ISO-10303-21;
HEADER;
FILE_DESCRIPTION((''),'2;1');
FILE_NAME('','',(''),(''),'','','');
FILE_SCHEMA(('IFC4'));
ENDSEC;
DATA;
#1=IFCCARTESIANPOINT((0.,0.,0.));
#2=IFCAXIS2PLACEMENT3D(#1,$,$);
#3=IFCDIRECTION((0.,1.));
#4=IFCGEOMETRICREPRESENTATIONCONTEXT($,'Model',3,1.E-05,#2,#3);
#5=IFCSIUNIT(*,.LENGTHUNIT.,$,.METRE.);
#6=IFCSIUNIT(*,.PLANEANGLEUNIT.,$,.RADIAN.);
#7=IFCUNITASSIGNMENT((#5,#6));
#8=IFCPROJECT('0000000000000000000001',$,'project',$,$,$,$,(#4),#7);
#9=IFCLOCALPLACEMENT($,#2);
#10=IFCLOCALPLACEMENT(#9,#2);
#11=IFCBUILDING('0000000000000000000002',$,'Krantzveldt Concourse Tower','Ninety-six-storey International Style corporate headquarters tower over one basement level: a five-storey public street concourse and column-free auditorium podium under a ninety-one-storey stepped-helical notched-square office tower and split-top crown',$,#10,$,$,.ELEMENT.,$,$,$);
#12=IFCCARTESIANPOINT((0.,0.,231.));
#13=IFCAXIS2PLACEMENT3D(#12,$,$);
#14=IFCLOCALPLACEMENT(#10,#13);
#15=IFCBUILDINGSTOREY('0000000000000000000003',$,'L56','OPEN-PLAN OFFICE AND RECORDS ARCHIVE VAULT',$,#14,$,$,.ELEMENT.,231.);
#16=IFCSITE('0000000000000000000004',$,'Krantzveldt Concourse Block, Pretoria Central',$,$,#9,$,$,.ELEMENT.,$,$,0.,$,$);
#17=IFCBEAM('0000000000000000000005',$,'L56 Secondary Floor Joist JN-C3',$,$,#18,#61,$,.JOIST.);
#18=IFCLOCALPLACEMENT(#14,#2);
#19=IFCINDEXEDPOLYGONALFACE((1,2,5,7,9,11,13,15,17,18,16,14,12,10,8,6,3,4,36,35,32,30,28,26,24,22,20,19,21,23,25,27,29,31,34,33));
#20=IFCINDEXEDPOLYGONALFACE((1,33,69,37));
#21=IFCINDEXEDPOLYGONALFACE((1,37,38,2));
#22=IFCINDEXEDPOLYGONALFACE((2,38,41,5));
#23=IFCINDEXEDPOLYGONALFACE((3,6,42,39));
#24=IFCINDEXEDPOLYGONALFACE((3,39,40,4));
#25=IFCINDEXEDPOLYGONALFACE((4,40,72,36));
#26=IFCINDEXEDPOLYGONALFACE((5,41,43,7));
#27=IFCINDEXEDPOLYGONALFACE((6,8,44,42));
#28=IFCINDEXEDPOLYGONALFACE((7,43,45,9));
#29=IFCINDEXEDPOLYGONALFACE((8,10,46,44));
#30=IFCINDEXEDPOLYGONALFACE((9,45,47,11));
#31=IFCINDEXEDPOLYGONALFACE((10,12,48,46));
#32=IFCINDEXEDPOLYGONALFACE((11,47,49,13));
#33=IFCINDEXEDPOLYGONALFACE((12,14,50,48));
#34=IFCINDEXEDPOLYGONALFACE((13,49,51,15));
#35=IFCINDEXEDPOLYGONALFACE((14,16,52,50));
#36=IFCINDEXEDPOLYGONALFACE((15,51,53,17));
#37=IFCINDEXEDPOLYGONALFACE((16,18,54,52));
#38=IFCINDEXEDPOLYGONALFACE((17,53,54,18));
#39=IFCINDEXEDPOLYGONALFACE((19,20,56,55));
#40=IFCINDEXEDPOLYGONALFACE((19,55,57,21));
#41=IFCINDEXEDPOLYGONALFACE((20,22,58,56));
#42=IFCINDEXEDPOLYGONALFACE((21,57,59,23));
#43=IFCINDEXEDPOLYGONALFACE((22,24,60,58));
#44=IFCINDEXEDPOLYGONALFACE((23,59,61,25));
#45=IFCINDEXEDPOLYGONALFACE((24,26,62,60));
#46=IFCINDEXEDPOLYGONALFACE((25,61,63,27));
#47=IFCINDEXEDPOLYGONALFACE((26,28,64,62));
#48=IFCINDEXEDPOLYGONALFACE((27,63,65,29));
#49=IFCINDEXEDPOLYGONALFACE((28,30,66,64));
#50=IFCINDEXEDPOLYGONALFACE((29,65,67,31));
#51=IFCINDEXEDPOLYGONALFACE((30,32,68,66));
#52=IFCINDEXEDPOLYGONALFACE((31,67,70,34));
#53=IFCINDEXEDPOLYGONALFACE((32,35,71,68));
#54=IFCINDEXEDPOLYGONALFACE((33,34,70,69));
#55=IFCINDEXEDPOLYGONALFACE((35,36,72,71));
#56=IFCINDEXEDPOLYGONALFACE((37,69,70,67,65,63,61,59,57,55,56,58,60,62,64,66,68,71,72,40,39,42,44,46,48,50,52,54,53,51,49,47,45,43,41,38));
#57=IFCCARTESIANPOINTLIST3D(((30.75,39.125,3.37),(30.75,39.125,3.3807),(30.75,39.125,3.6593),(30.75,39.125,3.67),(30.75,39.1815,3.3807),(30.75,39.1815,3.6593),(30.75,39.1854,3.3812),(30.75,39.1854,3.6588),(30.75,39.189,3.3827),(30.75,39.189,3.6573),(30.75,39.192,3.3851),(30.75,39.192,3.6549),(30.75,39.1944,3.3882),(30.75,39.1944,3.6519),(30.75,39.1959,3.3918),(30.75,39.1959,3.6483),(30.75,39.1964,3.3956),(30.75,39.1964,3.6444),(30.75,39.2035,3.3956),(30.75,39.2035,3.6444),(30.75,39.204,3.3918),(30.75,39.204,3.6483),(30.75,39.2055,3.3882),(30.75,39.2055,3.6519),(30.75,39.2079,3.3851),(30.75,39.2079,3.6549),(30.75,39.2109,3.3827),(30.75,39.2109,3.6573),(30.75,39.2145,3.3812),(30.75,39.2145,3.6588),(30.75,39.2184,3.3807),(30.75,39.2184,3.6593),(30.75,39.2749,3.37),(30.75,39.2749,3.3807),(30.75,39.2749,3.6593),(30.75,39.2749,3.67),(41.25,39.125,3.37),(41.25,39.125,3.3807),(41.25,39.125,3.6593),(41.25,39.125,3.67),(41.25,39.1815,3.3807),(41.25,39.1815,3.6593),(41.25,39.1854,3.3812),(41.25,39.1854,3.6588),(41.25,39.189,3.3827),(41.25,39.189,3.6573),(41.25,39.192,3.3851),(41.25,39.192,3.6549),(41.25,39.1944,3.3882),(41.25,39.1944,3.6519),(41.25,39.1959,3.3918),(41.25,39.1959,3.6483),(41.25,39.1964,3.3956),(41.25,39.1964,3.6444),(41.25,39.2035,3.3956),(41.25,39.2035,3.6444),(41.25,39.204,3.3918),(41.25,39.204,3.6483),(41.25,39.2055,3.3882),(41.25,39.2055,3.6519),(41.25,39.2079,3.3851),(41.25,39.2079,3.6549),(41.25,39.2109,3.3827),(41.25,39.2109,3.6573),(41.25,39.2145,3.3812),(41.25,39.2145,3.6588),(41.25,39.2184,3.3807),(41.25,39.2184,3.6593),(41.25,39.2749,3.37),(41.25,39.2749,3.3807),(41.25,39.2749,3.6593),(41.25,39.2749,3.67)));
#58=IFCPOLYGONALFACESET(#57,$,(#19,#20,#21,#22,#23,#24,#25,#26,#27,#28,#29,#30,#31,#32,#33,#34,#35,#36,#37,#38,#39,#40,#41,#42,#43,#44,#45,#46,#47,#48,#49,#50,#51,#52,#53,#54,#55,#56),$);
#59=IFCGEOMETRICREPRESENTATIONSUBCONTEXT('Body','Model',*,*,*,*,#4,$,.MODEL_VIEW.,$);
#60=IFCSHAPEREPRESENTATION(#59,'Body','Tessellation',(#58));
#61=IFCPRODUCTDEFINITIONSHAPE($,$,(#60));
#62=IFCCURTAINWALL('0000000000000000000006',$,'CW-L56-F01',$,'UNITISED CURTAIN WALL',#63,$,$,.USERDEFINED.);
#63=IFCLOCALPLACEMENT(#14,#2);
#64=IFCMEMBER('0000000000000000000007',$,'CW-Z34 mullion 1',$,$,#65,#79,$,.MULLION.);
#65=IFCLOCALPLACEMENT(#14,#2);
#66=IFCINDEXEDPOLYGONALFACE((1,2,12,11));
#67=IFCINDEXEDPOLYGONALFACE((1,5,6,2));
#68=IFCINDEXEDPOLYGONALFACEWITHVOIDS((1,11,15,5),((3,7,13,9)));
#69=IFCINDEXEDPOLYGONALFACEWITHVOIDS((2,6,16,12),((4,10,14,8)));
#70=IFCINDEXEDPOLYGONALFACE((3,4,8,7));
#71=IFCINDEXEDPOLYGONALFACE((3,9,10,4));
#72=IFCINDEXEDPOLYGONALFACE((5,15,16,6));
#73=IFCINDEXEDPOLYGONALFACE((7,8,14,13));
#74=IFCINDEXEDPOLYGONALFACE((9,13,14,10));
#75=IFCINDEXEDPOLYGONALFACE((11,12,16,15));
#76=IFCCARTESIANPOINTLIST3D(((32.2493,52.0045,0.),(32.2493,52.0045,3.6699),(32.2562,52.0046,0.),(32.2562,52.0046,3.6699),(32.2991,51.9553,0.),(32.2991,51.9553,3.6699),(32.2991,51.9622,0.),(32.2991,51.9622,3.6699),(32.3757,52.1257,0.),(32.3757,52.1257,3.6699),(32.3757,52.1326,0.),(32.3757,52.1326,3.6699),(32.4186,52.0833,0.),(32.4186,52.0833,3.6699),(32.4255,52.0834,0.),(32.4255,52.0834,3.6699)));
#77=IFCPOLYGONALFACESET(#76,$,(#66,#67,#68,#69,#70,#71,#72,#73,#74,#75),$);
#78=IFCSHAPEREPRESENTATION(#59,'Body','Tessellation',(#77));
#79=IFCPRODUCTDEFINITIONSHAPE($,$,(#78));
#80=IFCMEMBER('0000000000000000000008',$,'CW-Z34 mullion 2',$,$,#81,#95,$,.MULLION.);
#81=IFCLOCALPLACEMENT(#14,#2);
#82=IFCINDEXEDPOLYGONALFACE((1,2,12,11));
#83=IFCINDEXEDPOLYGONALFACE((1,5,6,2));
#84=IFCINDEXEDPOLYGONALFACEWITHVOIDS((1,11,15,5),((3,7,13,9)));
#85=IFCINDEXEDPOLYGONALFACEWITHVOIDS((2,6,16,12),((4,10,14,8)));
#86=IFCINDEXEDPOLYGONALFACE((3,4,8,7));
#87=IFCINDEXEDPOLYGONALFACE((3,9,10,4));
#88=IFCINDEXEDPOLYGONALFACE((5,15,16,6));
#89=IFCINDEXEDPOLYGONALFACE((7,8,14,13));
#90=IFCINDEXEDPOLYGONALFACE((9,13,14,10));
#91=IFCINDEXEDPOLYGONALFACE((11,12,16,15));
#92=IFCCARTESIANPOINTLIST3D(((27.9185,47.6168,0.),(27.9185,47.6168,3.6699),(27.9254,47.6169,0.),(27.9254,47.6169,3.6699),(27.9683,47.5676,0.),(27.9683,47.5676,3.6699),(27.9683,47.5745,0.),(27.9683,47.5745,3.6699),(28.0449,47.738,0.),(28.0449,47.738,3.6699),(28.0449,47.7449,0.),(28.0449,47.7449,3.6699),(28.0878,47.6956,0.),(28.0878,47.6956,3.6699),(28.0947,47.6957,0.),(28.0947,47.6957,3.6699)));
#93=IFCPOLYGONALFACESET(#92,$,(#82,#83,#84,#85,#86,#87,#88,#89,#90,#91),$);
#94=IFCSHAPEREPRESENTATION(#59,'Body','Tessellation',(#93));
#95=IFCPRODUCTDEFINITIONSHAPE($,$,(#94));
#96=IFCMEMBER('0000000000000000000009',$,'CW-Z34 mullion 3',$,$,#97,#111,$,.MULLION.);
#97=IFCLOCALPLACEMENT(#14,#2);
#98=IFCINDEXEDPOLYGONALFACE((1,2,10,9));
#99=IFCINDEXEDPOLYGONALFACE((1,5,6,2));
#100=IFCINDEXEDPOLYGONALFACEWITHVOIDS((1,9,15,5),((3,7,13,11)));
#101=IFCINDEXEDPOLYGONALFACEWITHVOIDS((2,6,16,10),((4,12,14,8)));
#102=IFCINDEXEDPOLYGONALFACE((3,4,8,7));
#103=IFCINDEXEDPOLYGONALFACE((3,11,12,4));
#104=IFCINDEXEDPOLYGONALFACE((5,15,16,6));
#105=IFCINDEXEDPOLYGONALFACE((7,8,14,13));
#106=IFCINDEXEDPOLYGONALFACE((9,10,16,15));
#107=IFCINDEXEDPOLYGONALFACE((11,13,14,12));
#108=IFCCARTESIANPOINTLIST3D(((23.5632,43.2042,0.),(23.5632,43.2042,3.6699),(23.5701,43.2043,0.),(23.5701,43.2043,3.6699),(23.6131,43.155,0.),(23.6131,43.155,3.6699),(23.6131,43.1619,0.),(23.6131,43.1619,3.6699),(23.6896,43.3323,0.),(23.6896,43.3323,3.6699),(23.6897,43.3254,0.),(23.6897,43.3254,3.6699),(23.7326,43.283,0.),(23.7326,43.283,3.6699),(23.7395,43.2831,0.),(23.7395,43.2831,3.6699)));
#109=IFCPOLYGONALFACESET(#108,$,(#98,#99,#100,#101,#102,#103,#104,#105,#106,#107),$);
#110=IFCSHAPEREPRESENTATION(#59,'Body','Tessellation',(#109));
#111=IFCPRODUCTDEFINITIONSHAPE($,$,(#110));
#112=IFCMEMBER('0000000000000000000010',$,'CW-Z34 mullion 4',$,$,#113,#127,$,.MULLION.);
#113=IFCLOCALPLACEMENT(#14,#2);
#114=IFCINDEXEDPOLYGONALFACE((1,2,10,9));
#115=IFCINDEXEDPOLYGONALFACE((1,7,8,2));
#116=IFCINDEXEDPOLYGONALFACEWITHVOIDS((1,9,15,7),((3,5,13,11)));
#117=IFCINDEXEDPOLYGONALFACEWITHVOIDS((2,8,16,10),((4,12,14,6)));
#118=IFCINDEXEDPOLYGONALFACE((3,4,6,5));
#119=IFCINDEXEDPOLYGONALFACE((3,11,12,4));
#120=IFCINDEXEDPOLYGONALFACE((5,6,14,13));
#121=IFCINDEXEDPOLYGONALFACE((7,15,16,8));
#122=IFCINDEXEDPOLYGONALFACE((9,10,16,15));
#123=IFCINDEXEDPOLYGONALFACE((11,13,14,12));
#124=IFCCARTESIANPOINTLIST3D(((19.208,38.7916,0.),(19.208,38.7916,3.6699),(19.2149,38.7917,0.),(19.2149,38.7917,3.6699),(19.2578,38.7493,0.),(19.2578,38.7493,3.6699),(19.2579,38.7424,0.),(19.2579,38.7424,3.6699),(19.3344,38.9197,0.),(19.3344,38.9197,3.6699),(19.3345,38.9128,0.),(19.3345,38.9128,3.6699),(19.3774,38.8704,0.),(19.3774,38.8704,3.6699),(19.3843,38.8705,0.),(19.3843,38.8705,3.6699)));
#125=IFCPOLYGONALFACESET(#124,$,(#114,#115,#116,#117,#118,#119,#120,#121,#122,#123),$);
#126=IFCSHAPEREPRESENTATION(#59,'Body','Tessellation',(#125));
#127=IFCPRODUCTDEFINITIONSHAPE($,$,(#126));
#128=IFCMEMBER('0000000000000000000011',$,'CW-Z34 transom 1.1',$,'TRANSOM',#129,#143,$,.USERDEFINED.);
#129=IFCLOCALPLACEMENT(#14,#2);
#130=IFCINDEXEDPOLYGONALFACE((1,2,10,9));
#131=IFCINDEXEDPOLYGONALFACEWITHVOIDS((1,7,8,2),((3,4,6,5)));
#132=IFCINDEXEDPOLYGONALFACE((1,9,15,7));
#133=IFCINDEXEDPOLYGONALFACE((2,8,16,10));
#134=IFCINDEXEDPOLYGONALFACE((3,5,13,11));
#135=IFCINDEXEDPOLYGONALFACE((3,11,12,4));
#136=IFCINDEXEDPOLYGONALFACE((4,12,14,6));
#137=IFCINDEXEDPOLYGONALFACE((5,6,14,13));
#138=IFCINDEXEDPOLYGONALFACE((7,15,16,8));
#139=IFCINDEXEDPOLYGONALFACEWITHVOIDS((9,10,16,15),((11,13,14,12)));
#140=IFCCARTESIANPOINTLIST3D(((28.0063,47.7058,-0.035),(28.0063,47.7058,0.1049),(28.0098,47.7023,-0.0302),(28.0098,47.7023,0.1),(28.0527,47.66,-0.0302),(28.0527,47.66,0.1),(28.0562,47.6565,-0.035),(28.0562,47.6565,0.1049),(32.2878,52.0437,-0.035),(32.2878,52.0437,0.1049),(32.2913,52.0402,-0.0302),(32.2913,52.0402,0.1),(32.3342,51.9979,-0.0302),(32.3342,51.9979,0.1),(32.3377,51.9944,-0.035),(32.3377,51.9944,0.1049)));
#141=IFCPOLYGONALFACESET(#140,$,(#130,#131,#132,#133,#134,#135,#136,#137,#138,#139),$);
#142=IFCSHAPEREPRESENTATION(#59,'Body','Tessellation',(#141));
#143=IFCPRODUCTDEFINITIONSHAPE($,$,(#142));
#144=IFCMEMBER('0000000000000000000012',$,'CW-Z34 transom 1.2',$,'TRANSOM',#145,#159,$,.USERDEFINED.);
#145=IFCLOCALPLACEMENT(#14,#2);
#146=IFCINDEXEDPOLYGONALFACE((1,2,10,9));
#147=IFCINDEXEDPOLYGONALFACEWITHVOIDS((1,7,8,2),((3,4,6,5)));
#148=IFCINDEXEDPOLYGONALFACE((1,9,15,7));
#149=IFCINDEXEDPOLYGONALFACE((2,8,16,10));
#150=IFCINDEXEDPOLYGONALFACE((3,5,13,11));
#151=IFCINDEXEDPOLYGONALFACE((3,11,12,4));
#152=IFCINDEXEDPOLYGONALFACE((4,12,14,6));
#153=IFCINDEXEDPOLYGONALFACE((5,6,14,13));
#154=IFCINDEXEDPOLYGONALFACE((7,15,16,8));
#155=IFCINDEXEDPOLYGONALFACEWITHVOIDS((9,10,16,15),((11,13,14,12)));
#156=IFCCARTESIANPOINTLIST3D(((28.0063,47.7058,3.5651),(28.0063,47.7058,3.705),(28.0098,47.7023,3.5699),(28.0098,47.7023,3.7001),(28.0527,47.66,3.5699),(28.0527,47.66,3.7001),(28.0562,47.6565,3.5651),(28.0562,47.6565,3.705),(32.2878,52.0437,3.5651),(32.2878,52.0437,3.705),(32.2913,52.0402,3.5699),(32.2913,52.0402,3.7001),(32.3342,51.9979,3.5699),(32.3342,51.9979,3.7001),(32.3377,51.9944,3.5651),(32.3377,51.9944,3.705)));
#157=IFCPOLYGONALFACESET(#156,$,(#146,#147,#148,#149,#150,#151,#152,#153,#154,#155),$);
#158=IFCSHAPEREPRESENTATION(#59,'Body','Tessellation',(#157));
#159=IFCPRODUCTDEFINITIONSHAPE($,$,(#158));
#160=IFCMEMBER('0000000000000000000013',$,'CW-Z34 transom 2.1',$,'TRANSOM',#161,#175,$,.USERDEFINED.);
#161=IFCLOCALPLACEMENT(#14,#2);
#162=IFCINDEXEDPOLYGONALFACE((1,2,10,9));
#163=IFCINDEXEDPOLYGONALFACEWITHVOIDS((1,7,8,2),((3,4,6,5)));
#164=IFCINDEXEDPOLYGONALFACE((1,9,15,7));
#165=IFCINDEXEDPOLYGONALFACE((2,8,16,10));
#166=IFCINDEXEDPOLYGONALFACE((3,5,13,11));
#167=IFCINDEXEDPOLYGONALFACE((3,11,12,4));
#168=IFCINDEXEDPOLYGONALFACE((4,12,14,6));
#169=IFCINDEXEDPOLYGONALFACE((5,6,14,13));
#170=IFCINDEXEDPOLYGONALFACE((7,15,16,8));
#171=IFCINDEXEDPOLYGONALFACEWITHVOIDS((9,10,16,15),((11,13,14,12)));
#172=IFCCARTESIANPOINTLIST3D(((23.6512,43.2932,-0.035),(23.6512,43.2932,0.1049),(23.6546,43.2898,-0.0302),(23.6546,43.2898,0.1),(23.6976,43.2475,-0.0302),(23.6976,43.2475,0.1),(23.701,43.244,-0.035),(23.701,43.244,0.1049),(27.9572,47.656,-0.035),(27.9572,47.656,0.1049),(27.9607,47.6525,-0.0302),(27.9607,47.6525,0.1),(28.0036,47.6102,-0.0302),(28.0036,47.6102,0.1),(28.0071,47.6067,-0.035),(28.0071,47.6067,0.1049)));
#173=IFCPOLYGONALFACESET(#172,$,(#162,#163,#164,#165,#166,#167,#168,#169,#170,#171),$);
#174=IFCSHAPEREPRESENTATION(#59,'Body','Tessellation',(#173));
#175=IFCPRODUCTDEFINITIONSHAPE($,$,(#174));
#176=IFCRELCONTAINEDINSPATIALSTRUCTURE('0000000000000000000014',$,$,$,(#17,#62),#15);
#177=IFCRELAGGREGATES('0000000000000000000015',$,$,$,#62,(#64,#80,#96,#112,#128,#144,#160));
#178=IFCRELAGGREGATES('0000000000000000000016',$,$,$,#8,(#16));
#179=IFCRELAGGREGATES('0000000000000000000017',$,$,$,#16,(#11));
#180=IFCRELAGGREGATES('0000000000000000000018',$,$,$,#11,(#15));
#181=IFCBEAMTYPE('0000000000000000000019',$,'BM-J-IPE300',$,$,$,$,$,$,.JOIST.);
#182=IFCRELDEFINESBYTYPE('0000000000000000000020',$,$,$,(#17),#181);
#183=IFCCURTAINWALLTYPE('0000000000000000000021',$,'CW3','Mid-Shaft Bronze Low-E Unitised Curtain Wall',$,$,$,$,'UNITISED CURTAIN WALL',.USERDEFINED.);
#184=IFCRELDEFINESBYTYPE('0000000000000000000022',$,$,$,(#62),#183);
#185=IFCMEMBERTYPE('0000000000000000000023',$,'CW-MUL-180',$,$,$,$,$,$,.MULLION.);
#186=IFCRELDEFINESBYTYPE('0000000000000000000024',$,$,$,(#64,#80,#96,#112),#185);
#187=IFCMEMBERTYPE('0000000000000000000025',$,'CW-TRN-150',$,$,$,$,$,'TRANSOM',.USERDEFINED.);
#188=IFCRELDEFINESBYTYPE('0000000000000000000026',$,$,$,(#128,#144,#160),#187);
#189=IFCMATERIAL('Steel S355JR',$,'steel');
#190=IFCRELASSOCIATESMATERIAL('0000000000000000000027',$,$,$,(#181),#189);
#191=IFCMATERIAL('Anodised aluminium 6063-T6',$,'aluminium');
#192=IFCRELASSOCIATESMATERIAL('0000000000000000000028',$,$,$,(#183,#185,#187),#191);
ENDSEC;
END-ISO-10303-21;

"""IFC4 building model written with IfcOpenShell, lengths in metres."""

from ifc_helpers import new_model, si_unit, direction, frame, origin, origin_2d, place, context, subcontext, project, spatial, hollow_rectangle, i_section, extrude, source, transform, mapped, material, material_profile, profile_set, type_object, type_shapes, element, aggregate, save


model = new_model("IFC4")

# Units and contexts
model_context = context("Model", 3, precision=1e-05, world=origin(), true_north=direction((0.0, 1.0)))
body_context = subcontext(model_context, "Body", "Model", "MODEL_VIEW")
ifc_project = project(units=[si_unit("LENGTHUNIT", "METRE"), si_unit("PLANEANGLEUNIT", "RADIAN")], contexts=[model_context])

# Site, building, storey
site_placement = place(None, origin())
site = spatial("IfcSite", under=ifc_project, at=site_placement, Name="Krantzveldt Concourse Block, Pretoria Central", CompositionType="ELEMENT", RefElevation=0.0)
building_placement = place(site_placement, origin())
building = spatial("IfcBuilding", under=site, at=building_placement, Name="Krantzveldt Concourse Tower", Description="Ninety-six-storey International Style corporate headquarters tower over one basement level: a five-storey public street concourse and column-free auditorium podium under a ninety-one-storey stepped-helical notched-square office tower and split-top crown", CompositionType="ELEMENT")
storey_placement = place(building_placement, frame((0.0, 0.0, 231.0)))
storey = spatial("IfcBuildingStorey", under=building, at=storey_placement, Name="L56", Description="OPEN-PLAN OFFICE AND RECORDS ARCHIVE VAULT", CompositionType="ELEMENT", Elevation=231.0)

# Beam
ifc_material_1 = material(Name="Steel S355JR", Category="steel")
ifc_material_profile_1 = material_profile(ifc_material_1, i_section(OverallWidth=0.1499, OverallDepth=0.3, WebThickness=0.0071, FlangeThickness=0.0107, FilletRadius=0.0149, at=origin_2d()), Name="Steel S355JR", Category="steel")
ifc_profile_set_1 = profile_set([ifc_material_profile_1], Name="Steel S355JR - IPE 300")
beam_type_1 = type_object("IfcBeamType", Name="BM-J-IPE300", PredefinedType="JOIST", material=ifc_profile_set_1)
shared_shape_1 = source(origin(), body_context, "Body", "SweptSolid", [
    extrude(i_section(OverallWidth=0.1499, OverallDepth=0.3, WebThickness=0.0071, FlangeThickness=0.0107, FilletRadius=0.0149, at=origin_2d()), origin(), (0.0, 0.0, 1.0), 10.5),
])
type_shapes(beam_type_1, [shared_shape_1])
beam_1_placement = place(storey_placement, frame((30.75, 39.2, 3.52), z_axis=(1.0, 0.0, 0.0), x_axis=(0.0, 1.0, 0.0)))
element("IfcBeam", 1, at=beam_1_placement, inside=storey, type_object=beam_type_1, Name="L56 Secondary Floor Joist JN-C3", PredefinedType="JOIST", context=body_context, shape_type="MappedRepresentation", body=[
    mapped(shared_shape_1, transform((0.0, 0.0, 0.0), x_axis=(1.0, 0.0, 0.0), y_axis=(0.0, 1.0, 0.0), z_axis=(0.0, 0.0, 1.0), scale=1.0)),
])

# Curtain wall, members
ifc_material_2 = material(Name="Anodised aluminium 6063-T6", Category="aluminium")
curtain_wall_type = type_object("IfcCurtainWallType", Name="CW3", Description="Mid-Shaft Bronze Low-E Unitised Curtain Wall", ElementType="UNITISED CURTAIN WALL", PredefinedType="USERDEFINED", material=ifc_material_2)
curtain_wall_placement = place(storey_placement, origin())
curtain_wall = element("IfcCurtainWall", 2, at=curtain_wall_placement, inside=storey, type_object=curtain_wall_type, Name="CW-L56-F01", ObjectType="UNITISED CURTAIN WALL", PredefinedType="USERDEFINED")
ifc_material_profile_2 = material_profile(ifc_material_2, hollow_rectangle(XDim=0.0701, YDim=0.1799, WallThickness=0.0049, at=origin_2d()), Name="Anodised aluminium 6063-T6", Category="aluminium")
ifc_profile_set_2 = profile_set([ifc_material_profile_2], Name="Anodised aluminium 6063-T6 - ALU-MULL 180x70x5")
member_type_1 = type_object("IfcMemberType", Name="CW-MUL-180", PredefinedType="MULLION", material=ifc_profile_set_2)
shared_shape_2 = source(origin(), body_context, "Body", "SweptSolid", [
    extrude(hollow_rectangle(XDim=0.0701, YDim=0.1799, WallThickness=0.0049, at=origin_2d()), origin(), (0.0, 0.0, 1.0), 3.6699),
])
type_shapes(member_type_1, [shared_shape_2])
member_1_placement = place(storey_placement, frame((32.3374, 52.0439, 0.0), z_axis=(0.0, 0.0, 1.0), x_axis=(0.71172, -0.702464, 0.0)))
member_1 = element("IfcMember", 3, at=member_1_placement, type_object=member_type_1, Name="CW-Z34 mullion 1", PredefinedType="MULLION", context=body_context, shape_type="MappedRepresentation", body=[
    mapped(shared_shape_2, transform((0.0, 0.0, 0.0), x_axis=(1.0, 0.0, 0.0), y_axis=(0.0, 1.0, 0.0), z_axis=(0.0, 0.0, 1.0), scale=1.0)),
])
member_2_placement = place(storey_placement, frame((28.0066, 47.6562, 0.0), z_axis=(0.0, 0.0, 1.0), x_axis=(0.71172, -0.702464, 0.0)))
member_2 = element("IfcMember", 4, at=member_2_placement, type_object=member_type_1, Name="CW-Z34 mullion 2", PredefinedType="MULLION", context=body_context, shape_type="MappedRepresentation", body=[
    mapped(shared_shape_2, transform((0.0, 0.0, 0.0), x_axis=(1.0, 0.0, 0.0), y_axis=(0.0, 1.0, 0.0), z_axis=(0.0, 0.0, 1.0), scale=1.0)),
])
member_3_placement = place(storey_placement, frame((23.6514, 43.2437, 0.0), z_axis=(0.0, 0.0, 1.0), x_axis=(0.71172, -0.702464, 0.0)))
member_3 = element("IfcMember", 5, at=member_3_placement, type_object=member_type_1, Name="CW-Z34 mullion 3", PredefinedType="MULLION", context=body_context, shape_type="MappedRepresentation", body=[
    mapped(shared_shape_2, transform((0.0, 0.0, 0.0), x_axis=(1.0, 0.0, 0.0), y_axis=(0.0, 1.0, 0.0), z_axis=(0.0, 0.0, 1.0), scale=1.0)),
])
member_4_placement = place(storey_placement, frame((19.2961, 38.8311, 0.0), z_axis=(0.0, 0.0, 1.0), x_axis=(0.71172, -0.702464, 0.0)))
member_4 = element("IfcMember", 6, at=member_4_placement, type_object=member_type_1, Name="CW-Z34 mullion 4", PredefinedType="MULLION", context=body_context, shape_type="MappedRepresentation", body=[
    mapped(shared_shape_2, transform((0.0, 0.0, 0.0), x_axis=(1.0, 0.0, 0.0), y_axis=(0.0, 1.0, 0.0), z_axis=(0.0, 0.0, 1.0), scale=1.0)),
])
ifc_material_profile_3 = material_profile(ifc_material_2, hollow_rectangle(XDim=0.0701, YDim=0.1399, WallThickness=0.0049, at=origin_2d()), Name="Anodised aluminium 6063-T6", Category="aluminium")
ifc_profile_set_3 = profile_set([ifc_material_profile_3], Name="Anodised aluminium 6063-T6 - ALU-TRAN 140x70x5")
member_type_2 = type_object("IfcMemberType", Name="CW-TRN-150", ElementType="TRANSOM", PredefinedType="USERDEFINED", material=ifc_profile_set_3)
shared_shape_3 = source(origin(), body_context, "Body", "SweptSolid", [
    extrude(hollow_rectangle(XDim=0.0701, YDim=0.1399, WallThickness=0.0049, at=origin_2d()), origin(), (0.0, 0.0, 1.0), 6.095),
])
member_5_placement = place(storey_placement, frame((32.3127, 52.019, 0.0349), z_axis=(-0.702465, -0.711718, 0.0), x_axis=(0.711718, -0.702465, 0.0)))
member_5 = element("IfcMember", 7, at=member_5_placement, type_object=member_type_2, Name="CW-Z34 transom 1.1", ObjectType="TRANSOM", PredefinedType="USERDEFINED", context=body_context, shape_type="MappedRepresentation", body=[
    mapped(shared_shape_3, transform((0.0, 0.0, 0.0), x_axis=(1.0, 0.0, 0.0), y_axis=(0.0, 1.0, 0.0), z_axis=(0.0, 0.0, 1.0), scale=1.0)),
])
member_6_placement = place(storey_placement, frame((32.3127, 52.019, 3.635), z_axis=(-0.702465, -0.711718, 0.0), x_axis=(0.711718, -0.702465, 0.0)))
member_6 = element("IfcMember", 8, at=member_6_placement, type_object=member_type_2, Name="CW-Z34 transom 1.2", ObjectType="TRANSOM", PredefinedType="USERDEFINED", context=body_context, shape_type="MappedRepresentation", body=[
    mapped(shared_shape_3, transform((0.0, 0.0, 0.0), x_axis=(1.0, 0.0, 0.0), y_axis=(0.0, 1.0, 0.0), z_axis=(0.0, 0.0, 1.0), scale=1.0)),
])
shared_shape_4 = source(origin(), body_context, "Body", "SweptSolid", [
    extrude(hollow_rectangle(XDim=0.0701, YDim=0.1399, WallThickness=0.0049, at=origin_2d()), origin(), (0.0, 0.0, 1.0), 6.1299),
])
type_shapes(member_type_2, [shared_shape_3, shared_shape_4])
member_7_placement = place(storey_placement, frame((27.9822, 47.6313, 0.0349), z_axis=(-0.702472, -0.711712, 0.0), x_axis=(0.711712, -0.702472, 0.0)))
member_7 = element("IfcMember", 9, at=member_7_placement, type_object=member_type_2, Name="CW-Z34 transom 2.1", ObjectType="TRANSOM", PredefinedType="USERDEFINED", context=body_context, shape_type="MappedRepresentation", body=[
    mapped(shared_shape_4, transform((0.0, 0.0, 0.0), x_axis=(1.0, 0.0, 0.0), y_axis=(0.0, 1.0, 0.0), z_axis=(0.0, 0.0, 1.0), scale=1.0)),
])
aggregate(curtain_wall, [member_1, member_2, member_3, member_4, member_5, member_6, member_7])

save(model, "model.ifc")
